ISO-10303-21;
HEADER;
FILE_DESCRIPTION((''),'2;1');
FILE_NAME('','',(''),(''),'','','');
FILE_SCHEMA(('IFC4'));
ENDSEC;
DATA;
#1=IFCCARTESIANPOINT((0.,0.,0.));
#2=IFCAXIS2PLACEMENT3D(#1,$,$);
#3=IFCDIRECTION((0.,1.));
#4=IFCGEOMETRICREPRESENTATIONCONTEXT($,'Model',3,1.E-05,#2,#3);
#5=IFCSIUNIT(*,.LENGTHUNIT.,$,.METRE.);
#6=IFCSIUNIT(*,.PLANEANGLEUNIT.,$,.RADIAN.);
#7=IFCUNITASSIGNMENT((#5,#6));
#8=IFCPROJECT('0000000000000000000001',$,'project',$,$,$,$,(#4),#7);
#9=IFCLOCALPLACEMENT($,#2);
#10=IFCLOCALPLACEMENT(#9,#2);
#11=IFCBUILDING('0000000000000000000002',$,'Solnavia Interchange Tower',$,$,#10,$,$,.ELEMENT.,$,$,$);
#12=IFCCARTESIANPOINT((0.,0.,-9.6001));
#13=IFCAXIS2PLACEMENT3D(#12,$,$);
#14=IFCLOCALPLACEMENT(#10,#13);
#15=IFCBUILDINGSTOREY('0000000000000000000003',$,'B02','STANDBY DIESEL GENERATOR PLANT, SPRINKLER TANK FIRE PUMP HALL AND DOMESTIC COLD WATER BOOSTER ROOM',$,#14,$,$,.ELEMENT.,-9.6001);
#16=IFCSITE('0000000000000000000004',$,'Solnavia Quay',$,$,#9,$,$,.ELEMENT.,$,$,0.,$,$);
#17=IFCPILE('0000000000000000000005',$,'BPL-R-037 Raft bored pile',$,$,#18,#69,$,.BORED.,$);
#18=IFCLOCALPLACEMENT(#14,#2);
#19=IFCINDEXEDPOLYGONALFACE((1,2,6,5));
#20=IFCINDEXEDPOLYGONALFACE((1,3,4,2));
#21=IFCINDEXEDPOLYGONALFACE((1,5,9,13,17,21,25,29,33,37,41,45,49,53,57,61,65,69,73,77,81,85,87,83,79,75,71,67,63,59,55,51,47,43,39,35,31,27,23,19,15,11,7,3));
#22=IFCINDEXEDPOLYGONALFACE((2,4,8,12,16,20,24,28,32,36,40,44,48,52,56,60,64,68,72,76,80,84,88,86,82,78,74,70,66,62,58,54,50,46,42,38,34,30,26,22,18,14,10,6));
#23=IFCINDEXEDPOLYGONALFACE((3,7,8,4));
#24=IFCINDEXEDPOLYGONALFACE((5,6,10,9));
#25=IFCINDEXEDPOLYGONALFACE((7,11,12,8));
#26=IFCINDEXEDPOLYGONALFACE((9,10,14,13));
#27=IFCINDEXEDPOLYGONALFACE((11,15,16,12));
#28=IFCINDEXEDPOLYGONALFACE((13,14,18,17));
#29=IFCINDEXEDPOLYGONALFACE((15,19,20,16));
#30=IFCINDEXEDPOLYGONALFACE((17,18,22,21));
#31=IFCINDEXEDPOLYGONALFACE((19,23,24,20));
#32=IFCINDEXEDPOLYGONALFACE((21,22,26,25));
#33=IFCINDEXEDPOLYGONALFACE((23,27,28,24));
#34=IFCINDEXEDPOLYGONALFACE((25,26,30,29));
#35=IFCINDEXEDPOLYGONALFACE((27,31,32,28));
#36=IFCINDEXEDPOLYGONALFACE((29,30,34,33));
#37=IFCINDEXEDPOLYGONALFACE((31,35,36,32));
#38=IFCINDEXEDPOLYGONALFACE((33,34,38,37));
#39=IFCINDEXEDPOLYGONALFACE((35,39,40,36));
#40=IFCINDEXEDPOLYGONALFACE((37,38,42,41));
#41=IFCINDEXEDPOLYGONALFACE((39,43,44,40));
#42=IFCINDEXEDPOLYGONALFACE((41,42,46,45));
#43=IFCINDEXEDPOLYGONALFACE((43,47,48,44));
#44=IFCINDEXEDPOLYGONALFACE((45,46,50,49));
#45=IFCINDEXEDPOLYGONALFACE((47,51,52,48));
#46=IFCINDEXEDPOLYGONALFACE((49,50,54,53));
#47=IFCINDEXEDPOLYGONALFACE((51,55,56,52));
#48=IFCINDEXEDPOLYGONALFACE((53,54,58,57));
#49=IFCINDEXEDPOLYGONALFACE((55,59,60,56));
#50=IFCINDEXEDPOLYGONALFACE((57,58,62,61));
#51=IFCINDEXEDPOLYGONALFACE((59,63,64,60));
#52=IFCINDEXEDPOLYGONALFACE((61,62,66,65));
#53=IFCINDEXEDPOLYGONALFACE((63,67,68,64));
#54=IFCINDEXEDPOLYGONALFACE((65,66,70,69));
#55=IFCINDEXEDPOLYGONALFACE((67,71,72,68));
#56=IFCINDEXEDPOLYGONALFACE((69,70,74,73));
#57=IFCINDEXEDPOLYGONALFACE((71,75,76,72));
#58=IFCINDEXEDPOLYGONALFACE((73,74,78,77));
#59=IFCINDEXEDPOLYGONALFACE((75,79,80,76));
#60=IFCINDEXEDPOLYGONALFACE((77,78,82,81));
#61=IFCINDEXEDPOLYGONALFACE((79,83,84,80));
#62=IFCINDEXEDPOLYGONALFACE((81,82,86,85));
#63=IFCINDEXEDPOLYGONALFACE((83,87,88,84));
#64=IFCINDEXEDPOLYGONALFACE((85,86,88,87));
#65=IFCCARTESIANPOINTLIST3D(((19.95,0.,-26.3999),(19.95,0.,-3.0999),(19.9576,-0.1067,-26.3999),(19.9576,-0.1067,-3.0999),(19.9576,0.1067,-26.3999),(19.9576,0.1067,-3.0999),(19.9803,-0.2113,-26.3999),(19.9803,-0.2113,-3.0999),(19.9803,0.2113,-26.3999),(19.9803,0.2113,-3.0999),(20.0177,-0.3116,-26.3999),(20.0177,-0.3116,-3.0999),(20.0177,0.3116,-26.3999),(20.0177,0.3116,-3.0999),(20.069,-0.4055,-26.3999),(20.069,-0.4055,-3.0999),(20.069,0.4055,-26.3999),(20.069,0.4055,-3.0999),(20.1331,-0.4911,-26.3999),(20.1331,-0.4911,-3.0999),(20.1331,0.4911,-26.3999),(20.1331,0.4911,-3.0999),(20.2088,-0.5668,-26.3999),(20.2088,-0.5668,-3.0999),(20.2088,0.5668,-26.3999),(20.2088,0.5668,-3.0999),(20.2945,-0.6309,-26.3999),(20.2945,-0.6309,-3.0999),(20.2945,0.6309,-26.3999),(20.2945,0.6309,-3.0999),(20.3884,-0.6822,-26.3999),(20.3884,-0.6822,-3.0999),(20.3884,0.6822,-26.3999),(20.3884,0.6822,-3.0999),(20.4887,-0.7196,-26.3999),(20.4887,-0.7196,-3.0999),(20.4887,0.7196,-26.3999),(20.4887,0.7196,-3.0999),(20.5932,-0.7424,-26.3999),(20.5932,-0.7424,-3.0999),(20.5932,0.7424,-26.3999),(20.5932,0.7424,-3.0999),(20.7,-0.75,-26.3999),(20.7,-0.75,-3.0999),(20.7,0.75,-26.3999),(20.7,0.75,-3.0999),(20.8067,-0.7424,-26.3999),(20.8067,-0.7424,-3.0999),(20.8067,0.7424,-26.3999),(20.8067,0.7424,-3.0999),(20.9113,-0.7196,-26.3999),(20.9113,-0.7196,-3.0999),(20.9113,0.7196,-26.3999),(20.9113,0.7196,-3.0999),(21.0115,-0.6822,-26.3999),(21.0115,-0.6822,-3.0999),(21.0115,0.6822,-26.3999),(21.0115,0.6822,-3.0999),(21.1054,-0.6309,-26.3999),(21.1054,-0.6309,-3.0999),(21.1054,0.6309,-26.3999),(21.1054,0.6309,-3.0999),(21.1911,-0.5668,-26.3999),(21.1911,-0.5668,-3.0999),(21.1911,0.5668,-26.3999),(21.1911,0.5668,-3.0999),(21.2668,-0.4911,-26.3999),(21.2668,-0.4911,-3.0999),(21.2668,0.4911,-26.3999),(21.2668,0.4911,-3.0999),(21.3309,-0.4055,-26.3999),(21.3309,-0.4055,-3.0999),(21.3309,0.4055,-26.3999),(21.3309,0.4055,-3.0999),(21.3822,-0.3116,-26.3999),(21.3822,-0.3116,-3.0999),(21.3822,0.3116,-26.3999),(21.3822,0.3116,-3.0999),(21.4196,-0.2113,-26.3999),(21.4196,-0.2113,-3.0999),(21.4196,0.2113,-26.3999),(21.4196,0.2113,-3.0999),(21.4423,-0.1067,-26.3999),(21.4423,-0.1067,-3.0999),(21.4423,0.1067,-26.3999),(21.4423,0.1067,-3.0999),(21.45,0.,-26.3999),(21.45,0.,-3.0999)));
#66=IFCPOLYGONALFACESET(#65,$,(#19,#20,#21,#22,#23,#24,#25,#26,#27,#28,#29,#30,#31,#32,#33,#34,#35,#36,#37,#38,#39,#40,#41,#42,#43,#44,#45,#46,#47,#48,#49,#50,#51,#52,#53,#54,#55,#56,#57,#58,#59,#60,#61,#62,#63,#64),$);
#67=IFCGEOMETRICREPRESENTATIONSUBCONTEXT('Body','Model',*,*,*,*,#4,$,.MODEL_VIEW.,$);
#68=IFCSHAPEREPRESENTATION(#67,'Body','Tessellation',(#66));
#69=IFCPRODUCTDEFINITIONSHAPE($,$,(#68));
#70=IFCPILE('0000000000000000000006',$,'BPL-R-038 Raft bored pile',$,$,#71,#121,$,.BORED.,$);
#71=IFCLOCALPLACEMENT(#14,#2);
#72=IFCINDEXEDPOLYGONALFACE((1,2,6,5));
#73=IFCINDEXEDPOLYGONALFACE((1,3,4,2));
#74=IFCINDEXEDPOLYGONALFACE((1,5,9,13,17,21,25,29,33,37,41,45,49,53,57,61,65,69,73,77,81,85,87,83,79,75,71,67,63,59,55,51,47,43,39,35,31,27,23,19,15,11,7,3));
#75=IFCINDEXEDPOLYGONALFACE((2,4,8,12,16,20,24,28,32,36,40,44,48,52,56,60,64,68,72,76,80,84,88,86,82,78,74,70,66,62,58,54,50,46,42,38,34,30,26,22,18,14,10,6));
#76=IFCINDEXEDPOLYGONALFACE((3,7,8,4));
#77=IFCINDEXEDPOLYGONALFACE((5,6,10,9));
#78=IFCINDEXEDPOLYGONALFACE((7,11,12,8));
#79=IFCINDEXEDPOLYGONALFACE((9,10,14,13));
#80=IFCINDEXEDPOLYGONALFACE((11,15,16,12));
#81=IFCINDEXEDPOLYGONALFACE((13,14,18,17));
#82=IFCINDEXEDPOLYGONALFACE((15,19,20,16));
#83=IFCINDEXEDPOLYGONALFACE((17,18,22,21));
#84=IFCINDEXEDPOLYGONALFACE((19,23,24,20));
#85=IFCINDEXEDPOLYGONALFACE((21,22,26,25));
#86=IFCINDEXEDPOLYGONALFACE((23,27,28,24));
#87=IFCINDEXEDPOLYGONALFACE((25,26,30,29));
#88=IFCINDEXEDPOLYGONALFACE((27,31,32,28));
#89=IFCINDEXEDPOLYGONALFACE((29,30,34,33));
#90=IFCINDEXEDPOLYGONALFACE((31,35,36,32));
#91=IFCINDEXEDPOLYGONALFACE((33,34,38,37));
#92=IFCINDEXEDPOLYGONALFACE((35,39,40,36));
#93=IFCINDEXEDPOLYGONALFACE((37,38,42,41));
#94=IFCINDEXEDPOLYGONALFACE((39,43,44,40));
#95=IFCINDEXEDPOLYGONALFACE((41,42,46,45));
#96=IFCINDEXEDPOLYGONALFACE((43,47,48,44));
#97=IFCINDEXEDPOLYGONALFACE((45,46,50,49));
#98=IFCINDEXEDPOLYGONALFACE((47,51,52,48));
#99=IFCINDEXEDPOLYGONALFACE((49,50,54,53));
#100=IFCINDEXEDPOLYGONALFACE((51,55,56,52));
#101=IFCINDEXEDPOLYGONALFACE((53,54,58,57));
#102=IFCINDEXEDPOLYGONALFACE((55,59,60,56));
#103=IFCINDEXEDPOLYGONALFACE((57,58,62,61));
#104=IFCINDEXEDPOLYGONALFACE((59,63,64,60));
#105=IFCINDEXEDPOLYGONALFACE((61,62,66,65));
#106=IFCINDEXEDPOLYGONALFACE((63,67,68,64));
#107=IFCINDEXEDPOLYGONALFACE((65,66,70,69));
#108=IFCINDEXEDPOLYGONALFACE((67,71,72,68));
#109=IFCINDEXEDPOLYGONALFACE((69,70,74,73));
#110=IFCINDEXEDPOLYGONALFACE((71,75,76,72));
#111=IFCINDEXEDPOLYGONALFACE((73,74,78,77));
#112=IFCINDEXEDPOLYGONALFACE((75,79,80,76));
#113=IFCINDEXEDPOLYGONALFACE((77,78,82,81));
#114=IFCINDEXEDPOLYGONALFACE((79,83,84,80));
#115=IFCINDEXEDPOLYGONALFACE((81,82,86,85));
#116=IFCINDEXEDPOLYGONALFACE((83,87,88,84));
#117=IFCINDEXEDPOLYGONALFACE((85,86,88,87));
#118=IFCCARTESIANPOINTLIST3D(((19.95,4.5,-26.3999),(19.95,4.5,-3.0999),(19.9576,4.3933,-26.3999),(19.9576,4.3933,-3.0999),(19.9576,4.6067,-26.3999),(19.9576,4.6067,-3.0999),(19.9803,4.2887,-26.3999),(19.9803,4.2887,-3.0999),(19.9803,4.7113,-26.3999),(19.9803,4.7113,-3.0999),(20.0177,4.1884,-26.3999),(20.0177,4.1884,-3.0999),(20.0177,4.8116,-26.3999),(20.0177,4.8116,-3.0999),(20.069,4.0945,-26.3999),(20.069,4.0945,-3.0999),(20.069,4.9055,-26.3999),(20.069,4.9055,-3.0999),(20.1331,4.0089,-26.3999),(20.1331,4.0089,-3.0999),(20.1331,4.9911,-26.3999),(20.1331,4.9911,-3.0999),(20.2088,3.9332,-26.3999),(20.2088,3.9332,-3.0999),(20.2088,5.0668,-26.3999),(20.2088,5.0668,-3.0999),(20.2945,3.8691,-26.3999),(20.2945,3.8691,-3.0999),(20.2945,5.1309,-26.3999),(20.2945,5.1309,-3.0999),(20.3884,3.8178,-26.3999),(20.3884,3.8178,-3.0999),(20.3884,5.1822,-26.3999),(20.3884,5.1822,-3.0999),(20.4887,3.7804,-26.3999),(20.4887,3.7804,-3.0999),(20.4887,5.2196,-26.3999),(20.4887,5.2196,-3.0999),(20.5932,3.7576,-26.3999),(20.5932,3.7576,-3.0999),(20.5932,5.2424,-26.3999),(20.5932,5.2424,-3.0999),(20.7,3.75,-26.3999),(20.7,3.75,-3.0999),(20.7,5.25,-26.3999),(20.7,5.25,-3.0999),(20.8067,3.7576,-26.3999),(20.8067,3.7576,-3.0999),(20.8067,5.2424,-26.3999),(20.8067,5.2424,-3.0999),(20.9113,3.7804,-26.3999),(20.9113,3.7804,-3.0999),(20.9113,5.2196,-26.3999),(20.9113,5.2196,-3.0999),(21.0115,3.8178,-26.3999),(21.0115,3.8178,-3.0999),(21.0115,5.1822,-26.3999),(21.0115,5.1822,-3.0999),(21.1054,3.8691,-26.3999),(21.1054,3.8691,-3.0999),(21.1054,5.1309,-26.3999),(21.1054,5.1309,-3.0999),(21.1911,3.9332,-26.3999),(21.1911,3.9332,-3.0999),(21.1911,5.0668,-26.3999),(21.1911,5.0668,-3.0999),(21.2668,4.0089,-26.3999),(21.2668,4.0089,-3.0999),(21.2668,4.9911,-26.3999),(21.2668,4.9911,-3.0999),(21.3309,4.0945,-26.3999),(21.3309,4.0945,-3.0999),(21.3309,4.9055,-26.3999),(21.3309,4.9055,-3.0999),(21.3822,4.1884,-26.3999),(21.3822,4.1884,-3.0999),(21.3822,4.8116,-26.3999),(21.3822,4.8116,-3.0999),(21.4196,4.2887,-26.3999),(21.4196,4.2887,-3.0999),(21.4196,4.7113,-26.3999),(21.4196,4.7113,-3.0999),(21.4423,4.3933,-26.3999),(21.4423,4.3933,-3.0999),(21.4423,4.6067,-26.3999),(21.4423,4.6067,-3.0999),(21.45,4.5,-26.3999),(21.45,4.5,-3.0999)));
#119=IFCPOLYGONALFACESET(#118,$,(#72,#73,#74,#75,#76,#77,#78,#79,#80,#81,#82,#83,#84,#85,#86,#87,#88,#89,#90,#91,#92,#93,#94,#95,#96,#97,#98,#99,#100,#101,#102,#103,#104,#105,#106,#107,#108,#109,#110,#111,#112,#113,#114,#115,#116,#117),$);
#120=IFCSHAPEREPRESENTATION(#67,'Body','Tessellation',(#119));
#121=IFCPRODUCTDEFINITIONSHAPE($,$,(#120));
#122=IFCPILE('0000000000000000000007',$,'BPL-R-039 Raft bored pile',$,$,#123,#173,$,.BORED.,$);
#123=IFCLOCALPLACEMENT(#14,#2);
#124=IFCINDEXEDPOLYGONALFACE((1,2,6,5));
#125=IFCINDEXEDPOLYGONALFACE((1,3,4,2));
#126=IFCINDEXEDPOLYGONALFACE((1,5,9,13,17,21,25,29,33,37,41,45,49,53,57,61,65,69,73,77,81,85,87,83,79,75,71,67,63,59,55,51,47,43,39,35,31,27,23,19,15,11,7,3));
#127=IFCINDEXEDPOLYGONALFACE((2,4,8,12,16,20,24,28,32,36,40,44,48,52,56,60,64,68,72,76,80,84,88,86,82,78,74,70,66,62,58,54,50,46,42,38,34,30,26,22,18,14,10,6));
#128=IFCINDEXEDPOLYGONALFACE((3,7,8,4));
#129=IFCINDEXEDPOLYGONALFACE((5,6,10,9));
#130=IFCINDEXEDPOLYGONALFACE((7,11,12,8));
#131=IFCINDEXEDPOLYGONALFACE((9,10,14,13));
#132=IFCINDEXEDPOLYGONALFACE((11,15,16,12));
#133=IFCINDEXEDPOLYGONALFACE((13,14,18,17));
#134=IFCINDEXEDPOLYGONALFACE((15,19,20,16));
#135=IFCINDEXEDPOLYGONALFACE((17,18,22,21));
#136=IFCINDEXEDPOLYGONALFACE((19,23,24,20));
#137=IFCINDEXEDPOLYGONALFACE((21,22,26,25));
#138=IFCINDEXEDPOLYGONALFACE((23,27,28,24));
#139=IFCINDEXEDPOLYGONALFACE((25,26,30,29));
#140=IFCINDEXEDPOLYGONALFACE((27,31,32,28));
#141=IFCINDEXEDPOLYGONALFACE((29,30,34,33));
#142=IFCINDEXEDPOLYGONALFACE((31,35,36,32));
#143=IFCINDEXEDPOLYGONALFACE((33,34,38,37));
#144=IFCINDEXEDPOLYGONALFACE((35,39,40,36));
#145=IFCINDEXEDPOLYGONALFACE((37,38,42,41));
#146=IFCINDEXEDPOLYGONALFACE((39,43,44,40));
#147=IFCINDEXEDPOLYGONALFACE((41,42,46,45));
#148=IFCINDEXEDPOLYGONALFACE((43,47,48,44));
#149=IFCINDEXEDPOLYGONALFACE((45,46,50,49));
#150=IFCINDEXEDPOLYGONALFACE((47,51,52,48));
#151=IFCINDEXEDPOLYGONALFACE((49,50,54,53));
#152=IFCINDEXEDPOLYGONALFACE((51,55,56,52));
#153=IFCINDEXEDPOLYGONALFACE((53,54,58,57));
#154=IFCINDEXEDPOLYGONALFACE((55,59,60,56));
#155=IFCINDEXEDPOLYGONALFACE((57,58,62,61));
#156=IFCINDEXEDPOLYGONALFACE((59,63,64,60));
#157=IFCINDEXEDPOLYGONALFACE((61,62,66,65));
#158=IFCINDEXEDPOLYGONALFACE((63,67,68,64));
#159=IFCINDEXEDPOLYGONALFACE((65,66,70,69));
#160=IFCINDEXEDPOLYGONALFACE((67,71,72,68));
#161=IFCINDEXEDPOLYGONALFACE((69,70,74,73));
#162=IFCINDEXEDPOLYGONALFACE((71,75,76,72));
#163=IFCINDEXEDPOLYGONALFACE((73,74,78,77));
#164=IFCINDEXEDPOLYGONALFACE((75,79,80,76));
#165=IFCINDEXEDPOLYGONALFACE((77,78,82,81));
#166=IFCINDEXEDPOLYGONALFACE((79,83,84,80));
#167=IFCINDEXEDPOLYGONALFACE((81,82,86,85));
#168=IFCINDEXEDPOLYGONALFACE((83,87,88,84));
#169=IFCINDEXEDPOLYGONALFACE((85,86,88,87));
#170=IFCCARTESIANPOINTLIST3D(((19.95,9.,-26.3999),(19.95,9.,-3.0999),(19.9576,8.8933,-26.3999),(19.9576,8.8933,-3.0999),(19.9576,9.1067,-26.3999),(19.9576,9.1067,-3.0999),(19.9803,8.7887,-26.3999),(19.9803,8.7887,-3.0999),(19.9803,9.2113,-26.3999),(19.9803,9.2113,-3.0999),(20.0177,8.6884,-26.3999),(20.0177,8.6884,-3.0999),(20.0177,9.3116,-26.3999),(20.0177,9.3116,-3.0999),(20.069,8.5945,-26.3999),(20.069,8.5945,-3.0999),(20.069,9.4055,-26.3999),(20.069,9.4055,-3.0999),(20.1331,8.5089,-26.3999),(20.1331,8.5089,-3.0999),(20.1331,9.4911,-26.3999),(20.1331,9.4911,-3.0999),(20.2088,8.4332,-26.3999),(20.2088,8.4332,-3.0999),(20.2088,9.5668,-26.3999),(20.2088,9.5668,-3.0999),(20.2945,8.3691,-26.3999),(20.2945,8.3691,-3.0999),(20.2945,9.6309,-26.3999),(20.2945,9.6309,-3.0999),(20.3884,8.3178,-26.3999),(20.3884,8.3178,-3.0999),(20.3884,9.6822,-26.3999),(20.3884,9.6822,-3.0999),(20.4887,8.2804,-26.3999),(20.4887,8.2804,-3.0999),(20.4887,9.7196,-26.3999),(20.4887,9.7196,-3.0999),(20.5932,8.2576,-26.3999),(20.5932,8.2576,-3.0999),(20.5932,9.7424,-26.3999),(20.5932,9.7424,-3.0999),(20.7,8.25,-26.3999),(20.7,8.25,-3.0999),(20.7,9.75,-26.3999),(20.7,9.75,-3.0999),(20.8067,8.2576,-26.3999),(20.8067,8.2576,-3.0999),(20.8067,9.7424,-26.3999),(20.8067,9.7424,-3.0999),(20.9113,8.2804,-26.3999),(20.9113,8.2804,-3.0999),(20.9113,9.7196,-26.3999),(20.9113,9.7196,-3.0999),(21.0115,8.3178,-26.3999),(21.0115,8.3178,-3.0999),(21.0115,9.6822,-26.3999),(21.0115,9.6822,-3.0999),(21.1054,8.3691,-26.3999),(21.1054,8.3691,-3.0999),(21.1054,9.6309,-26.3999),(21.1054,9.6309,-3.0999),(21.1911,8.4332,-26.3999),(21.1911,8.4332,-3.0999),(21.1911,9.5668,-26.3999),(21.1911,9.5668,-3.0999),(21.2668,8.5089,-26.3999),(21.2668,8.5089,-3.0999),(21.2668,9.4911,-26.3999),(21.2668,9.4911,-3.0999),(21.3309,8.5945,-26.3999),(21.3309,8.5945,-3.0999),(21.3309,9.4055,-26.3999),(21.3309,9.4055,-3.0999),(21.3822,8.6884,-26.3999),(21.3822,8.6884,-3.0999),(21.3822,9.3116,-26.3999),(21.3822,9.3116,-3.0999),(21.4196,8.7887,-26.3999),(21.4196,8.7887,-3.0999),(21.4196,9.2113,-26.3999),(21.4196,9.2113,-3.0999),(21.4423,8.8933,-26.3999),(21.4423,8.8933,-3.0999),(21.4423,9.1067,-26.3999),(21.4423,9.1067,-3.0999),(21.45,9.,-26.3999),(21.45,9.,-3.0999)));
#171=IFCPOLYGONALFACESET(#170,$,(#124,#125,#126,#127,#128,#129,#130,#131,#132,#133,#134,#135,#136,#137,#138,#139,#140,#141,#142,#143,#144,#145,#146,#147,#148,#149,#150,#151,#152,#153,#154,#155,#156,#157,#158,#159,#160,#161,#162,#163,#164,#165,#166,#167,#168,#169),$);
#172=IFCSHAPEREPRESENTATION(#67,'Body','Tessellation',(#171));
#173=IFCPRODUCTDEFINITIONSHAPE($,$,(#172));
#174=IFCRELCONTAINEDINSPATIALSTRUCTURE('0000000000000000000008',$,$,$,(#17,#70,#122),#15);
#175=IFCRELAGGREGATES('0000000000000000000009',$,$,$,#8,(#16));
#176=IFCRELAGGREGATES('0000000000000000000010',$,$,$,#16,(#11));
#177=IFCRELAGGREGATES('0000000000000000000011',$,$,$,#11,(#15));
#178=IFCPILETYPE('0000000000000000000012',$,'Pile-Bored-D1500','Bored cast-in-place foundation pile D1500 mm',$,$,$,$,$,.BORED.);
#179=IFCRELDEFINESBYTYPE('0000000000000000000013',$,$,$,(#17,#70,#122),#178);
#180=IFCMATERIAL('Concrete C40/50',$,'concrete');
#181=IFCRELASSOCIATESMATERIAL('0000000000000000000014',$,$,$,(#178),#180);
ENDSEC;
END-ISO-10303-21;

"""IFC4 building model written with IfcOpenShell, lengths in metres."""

from ifc_helpers import new_model, si_unit, direction, frame, origin, origin_2d, place, context, subcontext, project, spatial, circle, extrude, material, material_profile, profile_set, type_object, element, save


model = new_model("IFC4")

# Units and contexts
model_context = context("Model", 3, precision=1e-05, world=origin(), true_north=direction((0.0, 1.0)))
body_context = subcontext(model_context, "Body", "Model", "MODEL_VIEW")
ifc_project = project(units=[si_unit("LENGTHUNIT", "METRE"), si_unit("PLANEANGLEUNIT", "RADIAN")], contexts=[model_context])

# Site, building, storey
site_placement = place(None, origin())
site = spatial("IfcSite", under=ifc_project, at=site_placement, Name="Solnavia Quay", CompositionType="ELEMENT", RefElevation=0.0)
building_placement = place(site_placement, origin())
building = spatial("IfcBuilding", under=site, at=building_placement, Name="Solnavia Interchange Tower", CompositionType="ELEMENT")
storey_placement = place(building_placement, frame((0.0, 0.0, -9.6001)))
storey = spatial("IfcBuildingStorey", under=building, at=storey_placement, Name="B02", Description="STANDBY DIESEL GENERATOR PLANT, SPRINKLER TANK FIRE PUMP HALL AND DOMESTIC COLD WATER BOOSTER ROOM", CompositionType="ELEMENT", Elevation=-9.6001)

# Shared definitions
ifc_material_1 = material(Name="Concrete C40/50", Category="concrete")

# Piles
ifc_material_profile_1 = material_profile(ifc_material_1, circle(Radius=0.75, at=origin_2d()), Name="PILE D1500")
ifc_profile_set_1 = profile_set([ifc_material_profile_1], Name="Concrete C40/50")
pile_type = type_object("IfcPileType", Name="Pile-Bored-D1500", Description="Bored cast-in-place foundation pile D1500 mm", PredefinedType="BORED", material=ifc_profile_set_1)
for number, where, z_axis, x_axis, name in (
    (1, (20.7, 0.0, -3.0999), (0.0, 0.0, -1.0), (1.0, 0.0, 0.0), "BPL-R-037 Raft bored pile"),
    (2, (20.7, 4.5, -3.0999), (0.0, 0.0, -1.0), (1.0, 0.0, 0.0), "BPL-R-038 Raft bored pile"),
    (3, (20.7, 9.0, -3.0999), (0.0, 0.0, -1.0), (1.0, 0.0, 0.0), "BPL-R-039 Raft bored pile"),
):
    element("IfcPile", number, at=place(storey_placement, frame(where, z_axis=z_axis, x_axis=x_axis)), inside=storey, type_object=pile_type, Name=name, PredefinedType="BORED", context=body_context, shape_type="SweptSolid", body=[
        extrude(circle(Radius=0.75, at=origin_2d()), origin(), (0.0, 0.0, 1.0), 23.3),
    ])

save(model, "model.ifc")
